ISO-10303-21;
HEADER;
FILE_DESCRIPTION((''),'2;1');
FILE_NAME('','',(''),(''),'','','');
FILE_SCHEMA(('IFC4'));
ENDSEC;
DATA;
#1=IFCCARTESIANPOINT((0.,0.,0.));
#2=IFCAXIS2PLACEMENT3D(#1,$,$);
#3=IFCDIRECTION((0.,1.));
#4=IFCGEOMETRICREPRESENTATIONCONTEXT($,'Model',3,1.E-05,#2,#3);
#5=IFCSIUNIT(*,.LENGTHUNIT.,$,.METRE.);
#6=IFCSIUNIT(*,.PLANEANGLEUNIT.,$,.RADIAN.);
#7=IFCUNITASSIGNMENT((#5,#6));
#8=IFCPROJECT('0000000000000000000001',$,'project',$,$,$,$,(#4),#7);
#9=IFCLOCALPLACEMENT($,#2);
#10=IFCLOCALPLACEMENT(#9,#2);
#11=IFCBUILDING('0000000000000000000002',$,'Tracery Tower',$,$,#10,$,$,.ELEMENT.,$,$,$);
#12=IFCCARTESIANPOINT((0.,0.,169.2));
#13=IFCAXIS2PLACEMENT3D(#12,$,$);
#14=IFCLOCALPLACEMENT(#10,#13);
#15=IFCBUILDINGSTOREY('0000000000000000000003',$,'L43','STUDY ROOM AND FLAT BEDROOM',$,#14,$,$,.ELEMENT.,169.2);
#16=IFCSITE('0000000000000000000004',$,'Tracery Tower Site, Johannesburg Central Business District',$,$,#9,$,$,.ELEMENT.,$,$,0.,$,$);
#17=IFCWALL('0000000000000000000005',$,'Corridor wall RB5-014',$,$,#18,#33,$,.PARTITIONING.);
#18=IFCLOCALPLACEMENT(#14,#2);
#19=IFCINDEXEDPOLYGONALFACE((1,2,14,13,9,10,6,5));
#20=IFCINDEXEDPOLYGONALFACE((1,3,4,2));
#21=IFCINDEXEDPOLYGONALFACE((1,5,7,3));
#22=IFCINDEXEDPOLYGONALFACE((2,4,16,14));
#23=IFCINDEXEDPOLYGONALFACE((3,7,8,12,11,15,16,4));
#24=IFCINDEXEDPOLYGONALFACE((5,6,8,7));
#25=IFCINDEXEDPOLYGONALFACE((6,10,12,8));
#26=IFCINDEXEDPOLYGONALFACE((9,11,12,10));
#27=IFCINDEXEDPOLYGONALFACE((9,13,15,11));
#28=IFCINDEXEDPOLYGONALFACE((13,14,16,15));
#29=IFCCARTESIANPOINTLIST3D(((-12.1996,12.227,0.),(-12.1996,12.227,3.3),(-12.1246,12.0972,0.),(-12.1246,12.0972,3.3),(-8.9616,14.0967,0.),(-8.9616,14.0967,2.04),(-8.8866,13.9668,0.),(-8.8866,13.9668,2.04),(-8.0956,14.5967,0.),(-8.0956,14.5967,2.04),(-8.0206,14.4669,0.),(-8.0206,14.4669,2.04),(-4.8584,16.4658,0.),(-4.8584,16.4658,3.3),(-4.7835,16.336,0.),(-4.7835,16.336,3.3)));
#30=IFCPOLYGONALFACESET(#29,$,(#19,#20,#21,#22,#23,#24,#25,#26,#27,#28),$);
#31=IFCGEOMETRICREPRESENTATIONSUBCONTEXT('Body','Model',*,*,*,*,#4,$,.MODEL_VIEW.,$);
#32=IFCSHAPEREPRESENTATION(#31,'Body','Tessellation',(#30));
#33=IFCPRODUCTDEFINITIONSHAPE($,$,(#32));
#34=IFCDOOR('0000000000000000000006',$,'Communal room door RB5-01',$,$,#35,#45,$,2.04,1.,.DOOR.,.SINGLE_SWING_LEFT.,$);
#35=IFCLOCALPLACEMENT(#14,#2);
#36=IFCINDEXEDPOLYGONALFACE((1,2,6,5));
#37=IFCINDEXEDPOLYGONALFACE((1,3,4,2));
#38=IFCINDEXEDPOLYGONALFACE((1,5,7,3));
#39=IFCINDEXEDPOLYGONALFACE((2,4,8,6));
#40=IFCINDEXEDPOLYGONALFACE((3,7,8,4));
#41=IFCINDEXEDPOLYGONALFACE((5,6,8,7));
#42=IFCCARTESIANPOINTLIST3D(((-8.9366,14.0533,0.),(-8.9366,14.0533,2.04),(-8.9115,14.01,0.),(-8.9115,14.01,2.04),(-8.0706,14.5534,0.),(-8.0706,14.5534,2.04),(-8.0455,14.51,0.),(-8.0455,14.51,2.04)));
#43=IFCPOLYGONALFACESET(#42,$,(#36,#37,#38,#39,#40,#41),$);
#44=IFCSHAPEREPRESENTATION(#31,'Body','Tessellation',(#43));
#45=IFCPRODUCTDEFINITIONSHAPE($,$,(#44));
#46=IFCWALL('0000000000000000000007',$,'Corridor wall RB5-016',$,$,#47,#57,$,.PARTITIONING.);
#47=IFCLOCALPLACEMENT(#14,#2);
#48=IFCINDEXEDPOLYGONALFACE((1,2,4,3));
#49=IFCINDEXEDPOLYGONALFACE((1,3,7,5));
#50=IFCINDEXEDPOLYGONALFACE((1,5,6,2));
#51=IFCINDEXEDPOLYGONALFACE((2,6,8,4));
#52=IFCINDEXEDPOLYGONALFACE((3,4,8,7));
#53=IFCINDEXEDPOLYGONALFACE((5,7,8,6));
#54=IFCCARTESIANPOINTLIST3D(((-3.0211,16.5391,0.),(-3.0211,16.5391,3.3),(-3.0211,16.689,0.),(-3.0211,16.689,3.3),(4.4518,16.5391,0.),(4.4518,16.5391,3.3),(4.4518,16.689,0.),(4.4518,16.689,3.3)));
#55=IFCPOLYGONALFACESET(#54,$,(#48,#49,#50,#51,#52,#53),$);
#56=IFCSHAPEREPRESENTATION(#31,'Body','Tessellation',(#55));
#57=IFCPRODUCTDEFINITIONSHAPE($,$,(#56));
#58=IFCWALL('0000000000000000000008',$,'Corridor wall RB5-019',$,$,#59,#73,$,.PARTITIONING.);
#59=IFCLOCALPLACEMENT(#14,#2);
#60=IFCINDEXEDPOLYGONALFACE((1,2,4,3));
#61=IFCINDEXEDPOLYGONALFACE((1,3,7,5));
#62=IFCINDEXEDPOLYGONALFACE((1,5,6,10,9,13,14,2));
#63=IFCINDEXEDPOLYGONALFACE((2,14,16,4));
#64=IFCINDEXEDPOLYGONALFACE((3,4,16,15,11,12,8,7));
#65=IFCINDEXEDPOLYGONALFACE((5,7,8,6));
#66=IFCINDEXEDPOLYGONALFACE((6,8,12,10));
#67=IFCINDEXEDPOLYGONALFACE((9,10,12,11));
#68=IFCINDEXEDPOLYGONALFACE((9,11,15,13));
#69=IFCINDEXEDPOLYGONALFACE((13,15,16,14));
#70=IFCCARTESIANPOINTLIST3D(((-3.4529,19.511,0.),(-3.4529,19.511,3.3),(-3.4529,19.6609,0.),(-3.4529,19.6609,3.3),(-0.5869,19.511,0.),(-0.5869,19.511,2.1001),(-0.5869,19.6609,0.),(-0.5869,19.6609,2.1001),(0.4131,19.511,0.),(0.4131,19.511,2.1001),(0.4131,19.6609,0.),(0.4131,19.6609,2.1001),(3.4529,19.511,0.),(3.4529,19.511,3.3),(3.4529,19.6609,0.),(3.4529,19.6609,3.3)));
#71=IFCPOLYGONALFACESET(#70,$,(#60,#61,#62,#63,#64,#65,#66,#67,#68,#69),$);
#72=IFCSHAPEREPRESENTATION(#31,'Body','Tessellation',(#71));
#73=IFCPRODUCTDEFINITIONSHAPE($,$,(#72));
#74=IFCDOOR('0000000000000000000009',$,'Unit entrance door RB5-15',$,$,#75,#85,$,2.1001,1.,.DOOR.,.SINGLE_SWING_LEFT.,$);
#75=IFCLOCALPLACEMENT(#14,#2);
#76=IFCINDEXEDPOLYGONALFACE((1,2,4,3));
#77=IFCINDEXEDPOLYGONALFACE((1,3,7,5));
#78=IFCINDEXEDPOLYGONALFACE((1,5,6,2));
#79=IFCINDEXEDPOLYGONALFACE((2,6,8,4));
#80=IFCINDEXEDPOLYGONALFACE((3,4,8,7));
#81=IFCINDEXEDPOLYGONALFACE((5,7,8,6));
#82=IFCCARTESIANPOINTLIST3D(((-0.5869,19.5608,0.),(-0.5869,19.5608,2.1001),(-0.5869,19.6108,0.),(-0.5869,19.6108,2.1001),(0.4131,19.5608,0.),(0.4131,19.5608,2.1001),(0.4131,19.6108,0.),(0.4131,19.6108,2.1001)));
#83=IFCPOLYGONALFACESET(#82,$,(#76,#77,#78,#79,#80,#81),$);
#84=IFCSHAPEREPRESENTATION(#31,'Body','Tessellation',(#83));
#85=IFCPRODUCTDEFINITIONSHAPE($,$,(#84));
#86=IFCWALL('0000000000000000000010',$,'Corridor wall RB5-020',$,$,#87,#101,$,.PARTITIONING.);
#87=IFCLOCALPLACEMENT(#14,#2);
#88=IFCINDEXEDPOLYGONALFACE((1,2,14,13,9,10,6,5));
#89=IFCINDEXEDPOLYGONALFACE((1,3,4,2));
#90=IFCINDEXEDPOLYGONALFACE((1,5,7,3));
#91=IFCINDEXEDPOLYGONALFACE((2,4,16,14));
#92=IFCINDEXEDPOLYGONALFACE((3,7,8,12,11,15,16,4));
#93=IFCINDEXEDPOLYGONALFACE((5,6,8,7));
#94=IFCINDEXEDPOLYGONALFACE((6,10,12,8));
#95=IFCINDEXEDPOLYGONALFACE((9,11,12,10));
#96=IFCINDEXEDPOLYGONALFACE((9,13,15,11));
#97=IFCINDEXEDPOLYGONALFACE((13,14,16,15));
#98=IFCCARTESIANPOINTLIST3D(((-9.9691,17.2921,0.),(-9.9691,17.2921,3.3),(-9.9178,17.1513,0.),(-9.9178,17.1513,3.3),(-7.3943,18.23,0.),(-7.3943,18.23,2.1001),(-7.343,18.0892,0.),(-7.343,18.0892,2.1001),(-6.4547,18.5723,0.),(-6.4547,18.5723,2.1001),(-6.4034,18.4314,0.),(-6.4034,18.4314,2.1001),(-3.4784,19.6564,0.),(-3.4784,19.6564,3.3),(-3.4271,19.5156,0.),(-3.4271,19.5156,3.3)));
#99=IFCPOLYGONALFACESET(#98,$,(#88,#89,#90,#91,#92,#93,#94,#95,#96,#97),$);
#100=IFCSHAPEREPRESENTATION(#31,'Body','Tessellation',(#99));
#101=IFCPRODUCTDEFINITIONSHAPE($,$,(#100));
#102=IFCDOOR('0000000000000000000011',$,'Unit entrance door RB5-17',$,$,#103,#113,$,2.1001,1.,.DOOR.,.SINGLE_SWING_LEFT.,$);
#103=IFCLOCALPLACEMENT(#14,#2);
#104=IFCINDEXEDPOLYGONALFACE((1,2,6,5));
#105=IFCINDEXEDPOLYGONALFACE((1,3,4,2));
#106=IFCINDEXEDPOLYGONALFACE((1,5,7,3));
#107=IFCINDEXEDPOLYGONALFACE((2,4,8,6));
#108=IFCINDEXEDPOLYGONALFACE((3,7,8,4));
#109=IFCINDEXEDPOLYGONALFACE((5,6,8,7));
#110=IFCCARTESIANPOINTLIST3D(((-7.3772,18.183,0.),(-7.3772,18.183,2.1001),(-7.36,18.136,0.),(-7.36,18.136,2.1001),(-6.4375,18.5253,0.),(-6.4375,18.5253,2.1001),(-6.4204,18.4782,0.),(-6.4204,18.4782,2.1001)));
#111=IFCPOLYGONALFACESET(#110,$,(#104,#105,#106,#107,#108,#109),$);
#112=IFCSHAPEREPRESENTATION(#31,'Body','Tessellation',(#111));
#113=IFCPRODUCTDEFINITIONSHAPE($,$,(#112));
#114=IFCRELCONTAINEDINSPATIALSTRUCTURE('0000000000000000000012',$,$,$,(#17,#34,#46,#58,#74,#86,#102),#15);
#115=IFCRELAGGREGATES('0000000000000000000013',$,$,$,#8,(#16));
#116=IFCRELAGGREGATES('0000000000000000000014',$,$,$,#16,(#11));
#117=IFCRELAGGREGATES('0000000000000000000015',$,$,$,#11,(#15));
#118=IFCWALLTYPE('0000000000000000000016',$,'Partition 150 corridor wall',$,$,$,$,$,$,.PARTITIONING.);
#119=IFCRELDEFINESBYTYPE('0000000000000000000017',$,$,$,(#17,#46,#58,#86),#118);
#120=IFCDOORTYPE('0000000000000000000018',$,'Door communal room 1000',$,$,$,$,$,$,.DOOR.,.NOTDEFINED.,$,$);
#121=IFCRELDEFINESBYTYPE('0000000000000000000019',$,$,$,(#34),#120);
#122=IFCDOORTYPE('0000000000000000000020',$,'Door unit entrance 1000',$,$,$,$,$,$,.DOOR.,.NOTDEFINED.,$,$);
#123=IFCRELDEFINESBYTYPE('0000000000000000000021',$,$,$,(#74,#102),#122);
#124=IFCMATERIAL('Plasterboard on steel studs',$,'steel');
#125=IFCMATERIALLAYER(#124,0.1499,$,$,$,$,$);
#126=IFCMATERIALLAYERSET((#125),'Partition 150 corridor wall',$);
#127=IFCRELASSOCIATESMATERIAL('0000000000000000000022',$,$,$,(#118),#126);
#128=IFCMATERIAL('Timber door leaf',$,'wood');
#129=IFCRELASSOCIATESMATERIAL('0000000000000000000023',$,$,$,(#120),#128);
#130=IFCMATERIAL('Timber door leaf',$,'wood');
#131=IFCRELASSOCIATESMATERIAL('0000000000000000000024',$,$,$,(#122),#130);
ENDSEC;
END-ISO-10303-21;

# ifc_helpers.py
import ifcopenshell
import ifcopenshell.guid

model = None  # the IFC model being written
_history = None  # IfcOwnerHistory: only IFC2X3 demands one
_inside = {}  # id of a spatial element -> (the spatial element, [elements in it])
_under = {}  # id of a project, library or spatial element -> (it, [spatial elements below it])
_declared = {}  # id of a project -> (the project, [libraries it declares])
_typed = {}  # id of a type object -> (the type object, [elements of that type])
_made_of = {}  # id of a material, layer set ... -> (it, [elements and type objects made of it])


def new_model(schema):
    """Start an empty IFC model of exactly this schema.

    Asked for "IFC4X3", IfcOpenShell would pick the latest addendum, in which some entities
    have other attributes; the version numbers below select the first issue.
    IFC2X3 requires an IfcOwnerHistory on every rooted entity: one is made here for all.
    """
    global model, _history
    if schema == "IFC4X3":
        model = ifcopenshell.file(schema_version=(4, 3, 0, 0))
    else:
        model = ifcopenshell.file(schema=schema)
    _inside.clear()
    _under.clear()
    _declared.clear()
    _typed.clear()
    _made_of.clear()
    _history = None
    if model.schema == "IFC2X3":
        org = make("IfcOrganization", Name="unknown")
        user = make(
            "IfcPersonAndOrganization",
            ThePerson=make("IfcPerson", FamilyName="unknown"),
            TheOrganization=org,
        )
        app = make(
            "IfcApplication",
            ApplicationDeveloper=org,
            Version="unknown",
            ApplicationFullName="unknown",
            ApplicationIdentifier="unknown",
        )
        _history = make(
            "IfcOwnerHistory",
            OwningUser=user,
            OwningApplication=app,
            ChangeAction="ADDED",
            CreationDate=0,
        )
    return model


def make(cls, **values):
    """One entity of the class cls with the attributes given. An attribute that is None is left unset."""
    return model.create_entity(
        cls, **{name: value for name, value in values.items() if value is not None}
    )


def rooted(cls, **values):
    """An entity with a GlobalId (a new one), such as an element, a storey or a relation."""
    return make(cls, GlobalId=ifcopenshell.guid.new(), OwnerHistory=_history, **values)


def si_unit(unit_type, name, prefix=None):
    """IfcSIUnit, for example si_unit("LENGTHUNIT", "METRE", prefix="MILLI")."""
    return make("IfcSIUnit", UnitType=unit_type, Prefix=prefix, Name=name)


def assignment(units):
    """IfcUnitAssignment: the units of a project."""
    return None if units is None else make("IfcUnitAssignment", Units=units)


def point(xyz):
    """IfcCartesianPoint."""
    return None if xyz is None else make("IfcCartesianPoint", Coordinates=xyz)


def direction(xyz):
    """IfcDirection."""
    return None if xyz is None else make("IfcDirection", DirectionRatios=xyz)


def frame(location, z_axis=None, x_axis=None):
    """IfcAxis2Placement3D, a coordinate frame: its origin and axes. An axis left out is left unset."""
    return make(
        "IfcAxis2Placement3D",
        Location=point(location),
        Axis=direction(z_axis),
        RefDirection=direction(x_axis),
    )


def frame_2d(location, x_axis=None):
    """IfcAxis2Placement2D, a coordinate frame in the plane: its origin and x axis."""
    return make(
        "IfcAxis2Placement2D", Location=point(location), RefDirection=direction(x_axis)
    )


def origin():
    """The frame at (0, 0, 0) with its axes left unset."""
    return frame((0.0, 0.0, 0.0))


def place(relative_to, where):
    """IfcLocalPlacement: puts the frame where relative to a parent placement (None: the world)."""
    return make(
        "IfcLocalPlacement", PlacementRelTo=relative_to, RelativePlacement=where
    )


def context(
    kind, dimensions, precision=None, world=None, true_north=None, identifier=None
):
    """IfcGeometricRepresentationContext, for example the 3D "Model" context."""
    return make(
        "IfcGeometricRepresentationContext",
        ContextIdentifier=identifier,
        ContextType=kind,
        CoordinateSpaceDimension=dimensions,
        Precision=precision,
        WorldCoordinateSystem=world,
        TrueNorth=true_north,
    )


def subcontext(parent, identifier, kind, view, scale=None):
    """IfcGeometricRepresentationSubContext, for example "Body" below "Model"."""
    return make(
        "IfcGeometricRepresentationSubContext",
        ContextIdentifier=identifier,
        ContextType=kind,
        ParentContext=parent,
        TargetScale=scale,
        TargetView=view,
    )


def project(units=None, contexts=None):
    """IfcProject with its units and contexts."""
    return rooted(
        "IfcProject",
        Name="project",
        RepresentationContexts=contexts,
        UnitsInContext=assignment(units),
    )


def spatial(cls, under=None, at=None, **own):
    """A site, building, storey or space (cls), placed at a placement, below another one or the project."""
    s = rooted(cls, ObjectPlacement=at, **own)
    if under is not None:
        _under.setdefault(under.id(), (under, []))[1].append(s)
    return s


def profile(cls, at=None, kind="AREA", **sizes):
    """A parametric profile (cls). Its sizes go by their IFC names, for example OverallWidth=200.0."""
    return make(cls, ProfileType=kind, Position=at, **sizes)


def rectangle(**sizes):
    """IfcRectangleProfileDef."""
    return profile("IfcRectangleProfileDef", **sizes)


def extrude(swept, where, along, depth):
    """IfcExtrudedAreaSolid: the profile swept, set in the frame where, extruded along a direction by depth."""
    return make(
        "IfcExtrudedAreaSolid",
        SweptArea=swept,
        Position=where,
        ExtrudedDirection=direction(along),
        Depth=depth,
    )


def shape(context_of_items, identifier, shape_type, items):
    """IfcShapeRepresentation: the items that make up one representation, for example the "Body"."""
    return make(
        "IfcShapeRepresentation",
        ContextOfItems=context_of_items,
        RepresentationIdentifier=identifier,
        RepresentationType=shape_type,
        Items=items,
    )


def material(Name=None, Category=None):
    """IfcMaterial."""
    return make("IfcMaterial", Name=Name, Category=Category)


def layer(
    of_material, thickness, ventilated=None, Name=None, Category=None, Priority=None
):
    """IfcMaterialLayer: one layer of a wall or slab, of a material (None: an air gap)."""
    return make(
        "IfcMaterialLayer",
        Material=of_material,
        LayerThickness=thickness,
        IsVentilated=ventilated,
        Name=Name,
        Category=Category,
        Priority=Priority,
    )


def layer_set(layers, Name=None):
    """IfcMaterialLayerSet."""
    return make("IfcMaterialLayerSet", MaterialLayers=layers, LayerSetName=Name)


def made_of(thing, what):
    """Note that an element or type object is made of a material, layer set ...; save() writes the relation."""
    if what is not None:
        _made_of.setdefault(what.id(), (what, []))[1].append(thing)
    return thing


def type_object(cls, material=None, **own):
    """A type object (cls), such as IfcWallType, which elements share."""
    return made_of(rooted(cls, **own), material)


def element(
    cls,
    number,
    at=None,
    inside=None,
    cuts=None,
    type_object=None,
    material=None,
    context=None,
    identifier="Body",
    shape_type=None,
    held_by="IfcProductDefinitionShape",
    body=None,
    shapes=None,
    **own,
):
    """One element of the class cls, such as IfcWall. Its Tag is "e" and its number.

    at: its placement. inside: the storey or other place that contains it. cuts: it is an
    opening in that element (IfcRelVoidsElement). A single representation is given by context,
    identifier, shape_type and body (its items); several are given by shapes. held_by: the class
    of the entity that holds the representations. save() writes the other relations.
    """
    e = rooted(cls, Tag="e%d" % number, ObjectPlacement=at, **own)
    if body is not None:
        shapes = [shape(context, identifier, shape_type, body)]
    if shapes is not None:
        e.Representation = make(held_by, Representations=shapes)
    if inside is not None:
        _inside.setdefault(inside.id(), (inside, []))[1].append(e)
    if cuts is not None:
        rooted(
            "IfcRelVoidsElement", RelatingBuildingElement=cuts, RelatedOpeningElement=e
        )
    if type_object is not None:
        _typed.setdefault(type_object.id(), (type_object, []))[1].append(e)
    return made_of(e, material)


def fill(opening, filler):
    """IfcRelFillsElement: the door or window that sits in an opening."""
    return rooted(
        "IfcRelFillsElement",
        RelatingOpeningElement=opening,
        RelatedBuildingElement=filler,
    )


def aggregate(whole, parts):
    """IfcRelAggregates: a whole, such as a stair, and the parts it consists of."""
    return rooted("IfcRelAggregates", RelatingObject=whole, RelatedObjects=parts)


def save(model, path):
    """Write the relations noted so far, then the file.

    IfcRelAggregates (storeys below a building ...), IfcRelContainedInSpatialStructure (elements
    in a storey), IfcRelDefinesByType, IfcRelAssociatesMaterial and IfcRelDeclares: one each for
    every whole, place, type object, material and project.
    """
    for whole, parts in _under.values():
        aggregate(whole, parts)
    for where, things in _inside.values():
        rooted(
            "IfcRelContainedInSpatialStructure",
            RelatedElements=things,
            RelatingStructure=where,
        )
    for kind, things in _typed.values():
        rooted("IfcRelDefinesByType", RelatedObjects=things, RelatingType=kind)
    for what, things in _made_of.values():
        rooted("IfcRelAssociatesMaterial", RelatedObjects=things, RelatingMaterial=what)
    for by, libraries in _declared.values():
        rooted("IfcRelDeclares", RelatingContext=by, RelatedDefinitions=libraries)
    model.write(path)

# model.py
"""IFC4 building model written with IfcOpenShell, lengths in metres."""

from ifc_helpers import new_model, si_unit, direction, frame, frame_2d, origin, place, context, subcontext, project, spatial, rectangle, extrude, material, layer, layer_set, type_object, element, fill, save


model = new_model("IFC4")

# Units and contexts
model_context = context("Model", 3, precision=1e-05, world=origin(), true_north=direction((0.0, 1.0)))
body_context = subcontext(model_context, "Body", "Model", "MODEL_VIEW")
ifc_project = project(units=[si_unit("LENGTHUNIT", "METRE"), si_unit("PLANEANGLEUNIT", "RADIAN")], contexts=[model_context])

# Site, building, storey
site_placement = place(None, origin())
site = spatial("IfcSite", under=ifc_project, at=site_placement, Name="Tracery Tower Site, Johannesburg Central Business District", CompositionType="ELEMENT", RefElevation=0.0)
building_placement = place(site_placement, origin())
building = spatial("IfcBuilding", under=site, at=building_placement, Name="Tracery Tower", CompositionType="ELEMENT")
storey_placement = place(building_placement, frame((0.0, 0.0, 169.2)))
storey = spatial("IfcBuildingStorey", under=building, at=storey_placement, Name="L43", Description="STUDY ROOM AND FLAT BEDROOM", CompositionType="ELEMENT", Elevation=169.2)

# Wall, opening, door
ifc_material_1 = material(Name="Plasterboard on steel studs", Category="steel")
ifc_layer_1 = layer(ifc_material_1, 0.1499)
ifc_layer_set_1 = layer_set([ifc_layer_1], Name="Partition 150 corridor wall")
wall_type_1 = type_object("IfcWallType", Name="Partition 150 corridor wall", PredefinedType="PARTITIONING", material=ifc_layer_set_1)
wall_1_placement = place(storey_placement, frame((-12.1621, 12.1621, 0.0), z_axis=(0.0, 0.0, 1.0), x_axis=(0.866005, 0.500036, 0.0)))
wall_1 = element("IfcWall", 1, at=wall_1_placement, inside=storey, type_object=wall_type_1, Name="Corridor wall RB5-014", PredefinedType="PARTITIONING", context=body_context, shape_type="SweptSolid", body=[
    extrude(rectangle(XDim=8.4771, YDim=0.1499, at=frame_2d((4.2385, 0.0))), origin(), (0.0, 0.0, 1.0), 3.3),
])
opening_1_placement = place(wall_1_placement, frame((3.739, 0.0, 0.0)))
opening_1 = element("IfcOpeningElement", 2, at=opening_1_placement, cuts=wall_1, PredefinedType="OPENING", context=body_context, shape_type="SweptSolid", body=[
    extrude(rectangle(XDim=1.0, YDim=2.04, at=frame_2d((0.5, 1.02))), frame((0.0, 0.075, 0.0), z_axis=(0.0, -1.0, 0.0), x_axis=(1.0, 0.0, 0.0)), (0.0, 0.0, 1.0), 0.1499),
])
ifc_material_2 = material(Name="Timber door leaf", Category="wood")
door_type_1 = type_object("IfcDoorType", Name="Door communal room 1000", OperationType="NOTDEFINED", PredefinedType="DOOR", material=ifc_material_2)
door_1_placement = place(opening_1_placement, origin())
door_1 = element("IfcDoor", 3, at=door_1_placement, inside=storey, type_object=door_type_1, Name="Communal room door RB5-01", OperationType="SINGLE_SWING_LEFT", OverallHeight=2.04, OverallWidth=1.0, PredefinedType="DOOR", context=body_context, shape_type="SweptSolid", body=[
    extrude(rectangle(XDim=1.0, YDim=2.04, at=frame_2d((0.5, 1.02))), frame((0.0, 0.0249, 0.0), z_axis=(0.0, -1.0, 0.0), x_axis=(1.0, 0.0, 0.0)), (0.0, 0.0, 1.0), 0.05),
])
fill(opening_1, door_1)

# Wall
wall_2_placement = place(storey_placement, frame((-3.021, 16.614, 0.0), z_axis=(0.0, 0.0, 1.0), x_axis=(1.0, 0.0, 0.0)))
element("IfcWall", 4, at=wall_2_placement, inside=storey, type_object=wall_type_1, Name="Corridor wall RB5-016", PredefinedType="PARTITIONING", context=body_context, shape_type="SweptSolid", body=[
    extrude(rectangle(XDim=7.4729, YDim=0.1499, at=frame_2d((3.7363, 0.0))), origin(), (0.0, 0.0, 1.0), 3.3),
])

# Walls, openings, doors
wall_3_placement = place(storey_placement, frame((-3.4529, 19.5859, 0.0), z_axis=(0.0, 0.0, 1.0), x_axis=(1.0, 0.0, 0.0)))
wall_3 = element("IfcWall", 5, at=wall_3_placement, inside=storey, type_object=wall_type_1, Name="Corridor wall RB5-019", PredefinedType="PARTITIONING", context=body_context, shape_type="SweptSolid", body=[
    extrude(rectangle(XDim=6.9058, YDim=0.1499, at=frame_2d((3.4529, 0.0))), origin(), (0.0, 0.0, 1.0), 3.3),
])
opening_2_placement = place(wall_3_placement, frame((2.866, 0.0, 0.0)))
opening_2 = element("IfcOpeningElement", 6, at=opening_2_placement, cuts=wall_3, PredefinedType="OPENING", context=body_context, shape_type="SweptSolid", body=[
    extrude(rectangle(XDim=1.0, YDim=2.1001, at=frame_2d((0.5, 1.05))), frame((0.0, 0.075, 0.0), z_axis=(0.0, -1.0, 0.0), x_axis=(1.0, 0.0, 0.0)), (0.0, 0.0, 1.0), 0.1499),
])
ifc_material_3 = material(Name="Timber door leaf", Category="wood")
door_type_2 = type_object("IfcDoorType", Name="Door unit entrance 1000", OperationType="NOTDEFINED", PredefinedType="DOOR", material=ifc_material_3)
door_2_placement = place(opening_2_placement, origin())
door_2 = element("IfcDoor", 7, at=door_2_placement, inside=storey, type_object=door_type_2, Name="Unit entrance door RB5-15", OperationType="SINGLE_SWING_LEFT", OverallHeight=2.1001, OverallWidth=1.0, PredefinedType="DOOR", context=body_context, shape_type="SweptSolid", body=[
    extrude(rectangle(XDim=1.0, YDim=2.1001, at=frame_2d((0.5, 1.05))), frame((0.0, 0.0249, 0.0), z_axis=(0.0, -1.0, 0.0), x_axis=(1.0, 0.0, 0.0)), (0.0, 0.0, 1.0), 0.05),
])
fill(opening_2, door_2)
wall_4_placement = place(storey_placement, frame((-9.9436, 17.2217, 0.0), z_axis=(0.0, 0.0, 1.0), x_axis=(0.939608, 0.342254, 0.0)))
wall_4 = element("IfcWall", 8, at=wall_4_placement, inside=storey, type_object=wall_type_1, Name="Corridor wall RB5-020", PredefinedType="PARTITIONING", context=body_context, shape_type="SweptSolid", body=[
    extrude(rectangle(XDim=6.908, YDim=0.1499, at=frame_2d((3.4541, 0.0))), origin(), (0.0, 0.0, 1.0), 3.3),
])
opening_3_placement = place(wall_4_placement, frame((2.7405, 0.0, 0.0)))
opening_3 = element("IfcOpeningElement", 9, at=opening_3_placement, cuts=wall_4, PredefinedType="OPENING", context=body_context, shape_type="SweptSolid", body=[
    extrude(rectangle(XDim=1.0, YDim=2.1001, at=frame_2d((0.5, 1.05))), frame((0.0, 0.075, 0.0), z_axis=(0.0, -1.0, 0.0), x_axis=(1.0, 0.0, 0.0)), (0.0, 0.0, 1.0), 0.1499),
])
door_3_placement = place(opening_3_placement, origin())
door_3 = element("IfcDoor", 10, at=door_3_placement, inside=storey, type_object=door_type_2, Name="Unit entrance door RB5-17", OperationType="SINGLE_SWING_LEFT", OverallHeight=2.1001, OverallWidth=1.0, PredefinedType="DOOR", context=body_context, shape_type="SweptSolid", body=[
    extrude(rectangle(XDim=1.0, YDim=2.1001, at=frame_2d((0.5, 1.05))), frame((0.0, 0.0249, 0.0), z_axis=(0.0, -1.0, 0.0), x_axis=(1.0, 0.0, 0.0)), (0.0, 0.0, 1.0), 0.05),
])
fill(opening_3, door_3)

save(model, "model.ifc")
